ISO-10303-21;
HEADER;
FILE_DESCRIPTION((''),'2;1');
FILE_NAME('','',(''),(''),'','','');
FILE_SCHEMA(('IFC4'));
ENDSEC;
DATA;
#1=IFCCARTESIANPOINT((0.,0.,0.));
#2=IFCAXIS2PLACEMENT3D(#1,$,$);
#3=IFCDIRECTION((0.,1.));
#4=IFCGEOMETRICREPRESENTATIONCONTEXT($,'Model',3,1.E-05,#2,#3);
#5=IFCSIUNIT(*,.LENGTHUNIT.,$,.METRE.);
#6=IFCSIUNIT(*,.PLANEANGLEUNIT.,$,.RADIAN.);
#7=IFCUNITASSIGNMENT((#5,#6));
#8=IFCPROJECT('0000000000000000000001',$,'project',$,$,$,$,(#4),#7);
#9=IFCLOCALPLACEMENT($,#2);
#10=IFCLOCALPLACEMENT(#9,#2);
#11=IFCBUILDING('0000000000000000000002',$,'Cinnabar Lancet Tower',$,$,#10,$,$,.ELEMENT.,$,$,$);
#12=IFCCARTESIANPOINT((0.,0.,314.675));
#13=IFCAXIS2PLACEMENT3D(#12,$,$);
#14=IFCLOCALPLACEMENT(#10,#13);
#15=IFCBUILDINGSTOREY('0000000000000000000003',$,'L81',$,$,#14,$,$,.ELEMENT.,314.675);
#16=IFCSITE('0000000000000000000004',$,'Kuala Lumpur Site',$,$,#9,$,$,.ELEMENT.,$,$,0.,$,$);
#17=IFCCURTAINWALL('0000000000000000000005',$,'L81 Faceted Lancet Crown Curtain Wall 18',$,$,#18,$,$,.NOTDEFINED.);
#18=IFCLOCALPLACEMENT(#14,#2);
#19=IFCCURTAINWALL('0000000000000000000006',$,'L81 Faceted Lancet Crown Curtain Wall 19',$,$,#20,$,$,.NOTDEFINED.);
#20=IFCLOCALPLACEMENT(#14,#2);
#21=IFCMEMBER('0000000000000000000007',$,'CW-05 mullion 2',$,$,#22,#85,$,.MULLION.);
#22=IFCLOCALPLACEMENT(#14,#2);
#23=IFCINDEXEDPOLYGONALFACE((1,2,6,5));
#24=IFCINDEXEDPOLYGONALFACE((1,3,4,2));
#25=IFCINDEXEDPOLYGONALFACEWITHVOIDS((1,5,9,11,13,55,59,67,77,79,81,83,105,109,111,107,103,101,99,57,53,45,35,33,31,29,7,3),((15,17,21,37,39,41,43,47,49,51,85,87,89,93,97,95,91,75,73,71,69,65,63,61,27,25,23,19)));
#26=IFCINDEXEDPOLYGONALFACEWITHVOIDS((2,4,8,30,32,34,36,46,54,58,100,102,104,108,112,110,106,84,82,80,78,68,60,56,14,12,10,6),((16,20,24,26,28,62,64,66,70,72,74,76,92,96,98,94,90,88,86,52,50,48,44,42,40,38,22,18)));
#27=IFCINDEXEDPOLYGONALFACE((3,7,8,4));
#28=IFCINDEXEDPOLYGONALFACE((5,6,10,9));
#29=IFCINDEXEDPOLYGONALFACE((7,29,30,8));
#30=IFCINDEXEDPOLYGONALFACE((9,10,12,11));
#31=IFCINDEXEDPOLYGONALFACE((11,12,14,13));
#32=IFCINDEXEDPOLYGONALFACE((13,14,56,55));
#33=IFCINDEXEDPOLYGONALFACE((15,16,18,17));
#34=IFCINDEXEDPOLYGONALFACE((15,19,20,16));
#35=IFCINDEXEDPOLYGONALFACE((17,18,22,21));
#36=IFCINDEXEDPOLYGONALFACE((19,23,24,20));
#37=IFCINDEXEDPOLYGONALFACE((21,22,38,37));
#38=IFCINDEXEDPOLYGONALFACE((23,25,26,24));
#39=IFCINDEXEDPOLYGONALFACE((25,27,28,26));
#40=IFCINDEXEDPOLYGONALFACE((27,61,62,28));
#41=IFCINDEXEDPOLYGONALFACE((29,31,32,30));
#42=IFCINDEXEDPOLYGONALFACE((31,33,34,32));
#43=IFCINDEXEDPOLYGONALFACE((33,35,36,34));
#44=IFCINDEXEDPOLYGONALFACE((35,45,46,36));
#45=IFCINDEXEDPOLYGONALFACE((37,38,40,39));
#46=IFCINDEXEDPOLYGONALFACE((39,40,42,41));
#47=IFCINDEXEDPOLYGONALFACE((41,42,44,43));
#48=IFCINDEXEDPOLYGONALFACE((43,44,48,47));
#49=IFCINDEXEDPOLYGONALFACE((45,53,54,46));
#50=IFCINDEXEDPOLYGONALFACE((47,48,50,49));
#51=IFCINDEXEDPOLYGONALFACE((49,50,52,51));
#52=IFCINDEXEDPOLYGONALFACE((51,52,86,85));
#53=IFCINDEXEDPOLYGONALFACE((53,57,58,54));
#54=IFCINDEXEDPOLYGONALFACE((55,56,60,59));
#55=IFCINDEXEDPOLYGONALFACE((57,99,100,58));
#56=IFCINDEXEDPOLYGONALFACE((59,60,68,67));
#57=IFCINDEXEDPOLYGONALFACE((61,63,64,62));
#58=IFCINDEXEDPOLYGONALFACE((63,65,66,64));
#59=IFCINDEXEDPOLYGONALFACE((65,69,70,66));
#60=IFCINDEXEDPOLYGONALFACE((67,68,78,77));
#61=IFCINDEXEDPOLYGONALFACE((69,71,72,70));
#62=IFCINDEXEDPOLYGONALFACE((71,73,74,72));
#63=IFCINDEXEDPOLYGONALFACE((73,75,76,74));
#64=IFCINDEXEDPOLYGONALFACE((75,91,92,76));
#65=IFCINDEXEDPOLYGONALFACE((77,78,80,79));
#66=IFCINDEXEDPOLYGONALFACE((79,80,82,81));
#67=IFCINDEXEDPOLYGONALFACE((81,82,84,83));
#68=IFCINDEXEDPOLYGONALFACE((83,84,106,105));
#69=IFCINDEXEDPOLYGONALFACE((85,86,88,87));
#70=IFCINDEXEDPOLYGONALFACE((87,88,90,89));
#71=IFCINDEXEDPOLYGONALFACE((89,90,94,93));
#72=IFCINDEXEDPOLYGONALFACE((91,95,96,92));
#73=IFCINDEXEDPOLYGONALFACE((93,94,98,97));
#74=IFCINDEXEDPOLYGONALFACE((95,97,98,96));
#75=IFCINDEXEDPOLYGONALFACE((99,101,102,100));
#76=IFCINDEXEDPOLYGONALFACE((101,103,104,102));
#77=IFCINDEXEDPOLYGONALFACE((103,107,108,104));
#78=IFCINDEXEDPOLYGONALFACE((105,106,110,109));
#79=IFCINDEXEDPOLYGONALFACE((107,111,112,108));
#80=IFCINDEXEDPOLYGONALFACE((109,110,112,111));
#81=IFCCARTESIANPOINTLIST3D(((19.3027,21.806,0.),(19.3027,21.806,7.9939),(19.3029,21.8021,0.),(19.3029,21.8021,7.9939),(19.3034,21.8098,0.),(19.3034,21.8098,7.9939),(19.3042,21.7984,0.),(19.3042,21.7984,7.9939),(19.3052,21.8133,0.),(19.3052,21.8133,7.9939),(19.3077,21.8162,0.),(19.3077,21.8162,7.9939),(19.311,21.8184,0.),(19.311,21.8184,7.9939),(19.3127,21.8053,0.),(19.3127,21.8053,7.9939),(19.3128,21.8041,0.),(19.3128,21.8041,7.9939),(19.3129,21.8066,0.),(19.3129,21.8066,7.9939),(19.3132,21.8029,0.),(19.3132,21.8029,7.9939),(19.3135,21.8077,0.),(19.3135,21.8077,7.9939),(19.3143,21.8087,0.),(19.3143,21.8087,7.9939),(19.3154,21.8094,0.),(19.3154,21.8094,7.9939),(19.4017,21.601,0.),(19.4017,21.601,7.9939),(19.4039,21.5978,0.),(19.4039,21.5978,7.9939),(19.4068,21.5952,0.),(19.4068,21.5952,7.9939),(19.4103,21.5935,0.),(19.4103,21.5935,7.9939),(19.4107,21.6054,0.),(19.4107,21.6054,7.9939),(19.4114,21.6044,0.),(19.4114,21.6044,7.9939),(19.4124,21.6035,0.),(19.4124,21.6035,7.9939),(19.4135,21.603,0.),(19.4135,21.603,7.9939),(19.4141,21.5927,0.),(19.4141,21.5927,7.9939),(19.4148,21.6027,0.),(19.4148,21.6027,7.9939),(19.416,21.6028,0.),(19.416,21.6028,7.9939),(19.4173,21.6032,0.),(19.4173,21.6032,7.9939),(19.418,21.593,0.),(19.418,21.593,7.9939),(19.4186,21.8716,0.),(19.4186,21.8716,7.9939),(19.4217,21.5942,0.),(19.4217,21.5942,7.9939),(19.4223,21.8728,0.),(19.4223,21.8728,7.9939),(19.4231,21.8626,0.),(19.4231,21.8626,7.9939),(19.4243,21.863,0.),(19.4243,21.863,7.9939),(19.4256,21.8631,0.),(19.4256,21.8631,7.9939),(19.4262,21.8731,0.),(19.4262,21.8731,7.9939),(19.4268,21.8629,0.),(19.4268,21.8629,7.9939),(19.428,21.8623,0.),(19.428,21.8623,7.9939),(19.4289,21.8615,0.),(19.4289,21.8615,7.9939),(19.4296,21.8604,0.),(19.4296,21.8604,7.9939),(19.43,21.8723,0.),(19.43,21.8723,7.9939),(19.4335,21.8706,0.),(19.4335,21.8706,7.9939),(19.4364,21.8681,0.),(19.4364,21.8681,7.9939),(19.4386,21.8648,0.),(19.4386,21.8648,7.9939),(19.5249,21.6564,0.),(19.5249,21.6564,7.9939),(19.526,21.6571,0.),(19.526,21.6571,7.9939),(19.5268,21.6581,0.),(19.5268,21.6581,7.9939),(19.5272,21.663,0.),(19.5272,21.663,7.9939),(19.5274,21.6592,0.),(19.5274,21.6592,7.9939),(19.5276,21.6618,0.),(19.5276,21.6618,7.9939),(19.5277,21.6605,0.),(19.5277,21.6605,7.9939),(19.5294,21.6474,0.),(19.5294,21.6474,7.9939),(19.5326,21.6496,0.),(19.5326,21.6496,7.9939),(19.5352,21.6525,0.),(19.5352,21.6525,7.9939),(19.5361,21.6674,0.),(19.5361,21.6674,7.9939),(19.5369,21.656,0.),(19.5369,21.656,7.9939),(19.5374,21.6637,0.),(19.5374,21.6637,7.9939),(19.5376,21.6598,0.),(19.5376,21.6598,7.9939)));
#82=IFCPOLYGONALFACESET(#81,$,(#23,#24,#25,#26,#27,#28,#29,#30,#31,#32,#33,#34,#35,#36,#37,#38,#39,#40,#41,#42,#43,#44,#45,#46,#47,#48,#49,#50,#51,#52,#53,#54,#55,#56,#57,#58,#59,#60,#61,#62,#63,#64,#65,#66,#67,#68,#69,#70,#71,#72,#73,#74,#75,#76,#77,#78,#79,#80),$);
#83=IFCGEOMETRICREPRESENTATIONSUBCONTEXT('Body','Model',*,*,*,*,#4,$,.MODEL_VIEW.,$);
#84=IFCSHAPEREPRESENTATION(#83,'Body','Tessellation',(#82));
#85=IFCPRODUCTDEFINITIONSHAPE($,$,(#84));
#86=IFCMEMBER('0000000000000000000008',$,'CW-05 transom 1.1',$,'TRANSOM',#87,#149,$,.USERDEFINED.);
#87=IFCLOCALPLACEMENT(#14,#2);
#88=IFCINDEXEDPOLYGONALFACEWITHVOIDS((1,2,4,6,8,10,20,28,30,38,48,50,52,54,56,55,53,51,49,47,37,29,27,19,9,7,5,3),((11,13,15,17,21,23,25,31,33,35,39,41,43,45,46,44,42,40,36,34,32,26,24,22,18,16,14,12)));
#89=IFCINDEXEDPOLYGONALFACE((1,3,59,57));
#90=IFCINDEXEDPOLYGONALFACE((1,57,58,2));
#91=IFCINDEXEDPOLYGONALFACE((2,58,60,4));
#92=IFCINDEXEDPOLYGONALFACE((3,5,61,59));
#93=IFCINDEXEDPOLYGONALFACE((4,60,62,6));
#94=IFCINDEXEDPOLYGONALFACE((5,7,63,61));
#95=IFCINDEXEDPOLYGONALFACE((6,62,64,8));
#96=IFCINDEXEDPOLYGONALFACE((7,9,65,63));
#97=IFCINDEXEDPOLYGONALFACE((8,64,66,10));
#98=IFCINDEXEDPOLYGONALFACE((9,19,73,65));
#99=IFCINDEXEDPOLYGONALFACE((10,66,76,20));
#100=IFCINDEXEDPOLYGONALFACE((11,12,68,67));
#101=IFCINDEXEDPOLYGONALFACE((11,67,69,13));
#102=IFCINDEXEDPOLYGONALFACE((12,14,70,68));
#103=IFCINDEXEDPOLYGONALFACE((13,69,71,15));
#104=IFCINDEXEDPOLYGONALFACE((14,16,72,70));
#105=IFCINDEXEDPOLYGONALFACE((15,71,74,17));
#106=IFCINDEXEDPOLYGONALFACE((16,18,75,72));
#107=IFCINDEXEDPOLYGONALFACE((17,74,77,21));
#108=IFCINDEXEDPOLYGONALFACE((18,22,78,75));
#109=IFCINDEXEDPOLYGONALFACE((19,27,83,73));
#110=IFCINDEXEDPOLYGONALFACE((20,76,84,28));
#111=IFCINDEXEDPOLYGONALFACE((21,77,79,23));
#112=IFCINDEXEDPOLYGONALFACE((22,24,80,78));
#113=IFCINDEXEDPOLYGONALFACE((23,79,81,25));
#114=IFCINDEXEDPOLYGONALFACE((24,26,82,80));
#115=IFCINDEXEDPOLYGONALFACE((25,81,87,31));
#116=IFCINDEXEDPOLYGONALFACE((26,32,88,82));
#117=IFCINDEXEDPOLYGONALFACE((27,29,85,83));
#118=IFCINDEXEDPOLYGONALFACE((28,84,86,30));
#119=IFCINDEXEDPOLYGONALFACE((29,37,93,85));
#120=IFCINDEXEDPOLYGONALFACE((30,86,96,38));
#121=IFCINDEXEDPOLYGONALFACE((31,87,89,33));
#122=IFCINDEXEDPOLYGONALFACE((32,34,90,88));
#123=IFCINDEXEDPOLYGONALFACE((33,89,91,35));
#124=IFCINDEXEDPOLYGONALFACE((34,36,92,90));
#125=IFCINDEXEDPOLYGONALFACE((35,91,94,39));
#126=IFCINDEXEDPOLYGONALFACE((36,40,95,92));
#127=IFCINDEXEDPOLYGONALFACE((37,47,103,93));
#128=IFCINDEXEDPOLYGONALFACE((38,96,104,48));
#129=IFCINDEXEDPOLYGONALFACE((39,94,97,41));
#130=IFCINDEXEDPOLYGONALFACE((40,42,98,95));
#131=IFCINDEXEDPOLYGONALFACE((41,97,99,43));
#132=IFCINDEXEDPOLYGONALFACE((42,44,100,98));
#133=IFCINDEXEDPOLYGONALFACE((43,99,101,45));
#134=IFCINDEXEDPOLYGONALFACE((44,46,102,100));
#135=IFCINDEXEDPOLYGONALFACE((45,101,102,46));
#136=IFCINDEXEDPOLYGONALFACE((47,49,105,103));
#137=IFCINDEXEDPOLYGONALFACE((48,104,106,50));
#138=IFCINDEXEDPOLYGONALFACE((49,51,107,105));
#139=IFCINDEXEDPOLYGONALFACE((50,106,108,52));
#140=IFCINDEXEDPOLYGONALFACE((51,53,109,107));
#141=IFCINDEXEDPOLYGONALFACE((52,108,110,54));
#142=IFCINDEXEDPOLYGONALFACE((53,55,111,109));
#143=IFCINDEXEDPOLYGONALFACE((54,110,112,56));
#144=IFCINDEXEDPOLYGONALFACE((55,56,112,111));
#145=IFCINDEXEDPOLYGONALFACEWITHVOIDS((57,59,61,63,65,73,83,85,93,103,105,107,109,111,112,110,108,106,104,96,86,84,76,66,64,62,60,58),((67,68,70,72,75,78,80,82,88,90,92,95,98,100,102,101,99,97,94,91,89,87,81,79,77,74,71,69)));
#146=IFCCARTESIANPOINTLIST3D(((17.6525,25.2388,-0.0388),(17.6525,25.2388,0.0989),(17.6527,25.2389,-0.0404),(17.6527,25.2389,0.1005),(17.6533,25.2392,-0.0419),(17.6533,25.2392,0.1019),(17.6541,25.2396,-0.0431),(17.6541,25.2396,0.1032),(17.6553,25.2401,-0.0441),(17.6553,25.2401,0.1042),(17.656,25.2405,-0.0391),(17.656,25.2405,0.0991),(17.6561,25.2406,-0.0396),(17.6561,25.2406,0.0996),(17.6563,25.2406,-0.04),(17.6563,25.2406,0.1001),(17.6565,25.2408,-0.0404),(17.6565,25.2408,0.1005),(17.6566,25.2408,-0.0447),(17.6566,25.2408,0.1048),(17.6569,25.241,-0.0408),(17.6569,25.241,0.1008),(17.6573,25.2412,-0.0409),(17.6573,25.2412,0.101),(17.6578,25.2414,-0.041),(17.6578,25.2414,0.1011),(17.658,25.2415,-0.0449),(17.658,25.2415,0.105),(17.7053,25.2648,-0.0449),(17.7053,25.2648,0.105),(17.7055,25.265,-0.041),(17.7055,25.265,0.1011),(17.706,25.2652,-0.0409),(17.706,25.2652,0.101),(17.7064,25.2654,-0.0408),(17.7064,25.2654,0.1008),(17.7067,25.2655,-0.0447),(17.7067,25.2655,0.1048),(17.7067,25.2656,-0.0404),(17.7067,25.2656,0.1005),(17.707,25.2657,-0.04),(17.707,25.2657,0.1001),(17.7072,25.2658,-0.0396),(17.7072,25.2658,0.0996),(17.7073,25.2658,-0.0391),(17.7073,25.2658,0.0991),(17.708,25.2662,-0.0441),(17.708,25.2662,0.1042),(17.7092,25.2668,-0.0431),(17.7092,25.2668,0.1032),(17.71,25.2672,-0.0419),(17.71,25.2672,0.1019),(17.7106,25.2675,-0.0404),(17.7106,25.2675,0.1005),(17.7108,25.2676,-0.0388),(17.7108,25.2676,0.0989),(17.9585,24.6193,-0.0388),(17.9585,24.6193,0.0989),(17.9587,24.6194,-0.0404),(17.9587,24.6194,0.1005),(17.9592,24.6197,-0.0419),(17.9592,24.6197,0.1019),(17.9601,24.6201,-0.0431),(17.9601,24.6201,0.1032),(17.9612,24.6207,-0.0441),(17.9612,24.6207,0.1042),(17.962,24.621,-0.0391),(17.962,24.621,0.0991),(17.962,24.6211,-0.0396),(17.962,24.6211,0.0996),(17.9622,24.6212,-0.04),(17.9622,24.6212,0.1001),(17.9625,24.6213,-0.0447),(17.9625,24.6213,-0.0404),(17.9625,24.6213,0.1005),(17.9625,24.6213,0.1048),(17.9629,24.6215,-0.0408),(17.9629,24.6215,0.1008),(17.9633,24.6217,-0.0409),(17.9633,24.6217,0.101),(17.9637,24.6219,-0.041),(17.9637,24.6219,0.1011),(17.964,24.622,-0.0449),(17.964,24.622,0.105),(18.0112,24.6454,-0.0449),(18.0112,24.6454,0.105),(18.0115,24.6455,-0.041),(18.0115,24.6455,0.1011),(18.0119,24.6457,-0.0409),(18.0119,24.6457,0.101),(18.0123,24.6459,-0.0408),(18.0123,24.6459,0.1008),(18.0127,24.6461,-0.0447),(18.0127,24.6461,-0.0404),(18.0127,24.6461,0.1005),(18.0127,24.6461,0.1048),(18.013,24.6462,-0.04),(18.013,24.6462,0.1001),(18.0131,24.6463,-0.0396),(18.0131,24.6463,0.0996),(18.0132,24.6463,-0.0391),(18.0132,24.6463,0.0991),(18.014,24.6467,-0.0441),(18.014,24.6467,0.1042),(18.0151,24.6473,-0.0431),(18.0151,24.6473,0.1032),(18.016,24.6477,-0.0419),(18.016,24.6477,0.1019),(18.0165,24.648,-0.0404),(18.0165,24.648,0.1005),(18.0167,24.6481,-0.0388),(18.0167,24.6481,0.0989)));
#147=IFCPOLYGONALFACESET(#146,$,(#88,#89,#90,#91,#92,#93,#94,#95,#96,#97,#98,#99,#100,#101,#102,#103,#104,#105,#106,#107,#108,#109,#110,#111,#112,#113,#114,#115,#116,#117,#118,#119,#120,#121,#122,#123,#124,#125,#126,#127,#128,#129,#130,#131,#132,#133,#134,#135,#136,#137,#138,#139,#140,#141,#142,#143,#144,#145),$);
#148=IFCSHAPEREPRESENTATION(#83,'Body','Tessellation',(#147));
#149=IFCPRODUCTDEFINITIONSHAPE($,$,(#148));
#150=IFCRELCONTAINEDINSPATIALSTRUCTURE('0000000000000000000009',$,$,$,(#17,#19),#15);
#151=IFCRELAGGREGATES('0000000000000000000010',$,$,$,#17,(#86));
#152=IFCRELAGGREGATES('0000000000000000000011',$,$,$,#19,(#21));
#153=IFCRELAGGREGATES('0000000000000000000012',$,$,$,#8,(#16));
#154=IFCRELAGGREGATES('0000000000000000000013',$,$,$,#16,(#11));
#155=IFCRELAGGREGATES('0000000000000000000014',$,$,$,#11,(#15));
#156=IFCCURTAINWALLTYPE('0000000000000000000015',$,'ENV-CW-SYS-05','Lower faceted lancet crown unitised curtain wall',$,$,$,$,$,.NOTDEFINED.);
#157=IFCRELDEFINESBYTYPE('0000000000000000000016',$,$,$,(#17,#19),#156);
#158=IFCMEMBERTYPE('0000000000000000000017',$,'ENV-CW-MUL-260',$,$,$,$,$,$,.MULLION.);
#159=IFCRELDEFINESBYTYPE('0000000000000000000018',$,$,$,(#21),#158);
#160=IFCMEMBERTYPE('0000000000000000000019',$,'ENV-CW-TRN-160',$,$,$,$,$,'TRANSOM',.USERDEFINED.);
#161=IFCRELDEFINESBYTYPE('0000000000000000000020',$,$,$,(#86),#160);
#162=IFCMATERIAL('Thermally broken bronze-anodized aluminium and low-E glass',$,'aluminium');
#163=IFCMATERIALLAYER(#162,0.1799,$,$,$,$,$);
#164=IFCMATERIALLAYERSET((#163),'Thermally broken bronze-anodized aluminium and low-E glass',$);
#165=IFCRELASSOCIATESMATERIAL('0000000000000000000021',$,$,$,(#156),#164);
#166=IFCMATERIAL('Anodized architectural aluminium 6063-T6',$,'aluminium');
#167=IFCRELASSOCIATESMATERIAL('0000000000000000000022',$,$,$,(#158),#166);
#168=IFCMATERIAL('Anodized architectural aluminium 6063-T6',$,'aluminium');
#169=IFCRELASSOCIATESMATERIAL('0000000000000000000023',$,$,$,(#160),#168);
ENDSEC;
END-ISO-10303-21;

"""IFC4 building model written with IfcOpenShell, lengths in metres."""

from ifc_helpers import new_model, si_unit, direction, frame, origin, origin_2d, place, context, subcontext, project, spatial, hollow_rectangle, extrude, material, layer, layer_set, material_profile, profile_set, type_object, element, aggregate, save


model = new_model("IFC4")

# Units and contexts
model_context = context("Model", 3, precision=1e-05, world=origin(), true_north=direction((0.0, 1.0)))
body_context = subcontext(model_context, "Body", "Model", "MODEL_VIEW")
ifc_project = project(units=[si_unit("LENGTHUNIT", "METRE"), si_unit("PLANEANGLEUNIT", "RADIAN")], contexts=[model_context])

# Site, building, storey
site_placement = place(None, origin())
site = spatial("IfcSite", under=ifc_project, at=site_placement, Name="Kuala Lumpur Site", CompositionType="ELEMENT", RefElevation=0.0)
building_placement = place(site_placement, origin())
building = spatial("IfcBuilding", under=site, at=building_placement, Name="Cinnabar Lancet Tower", CompositionType="ELEMENT")
storey_placement = place(building_placement, frame((0.0, 0.0, 314.675)))
storey = spatial("IfcBuildingStorey", under=building, at=storey_placement, Name="L81", CompositionType="ELEMENT", Elevation=314.675)

# Shared definitions
ifc_material_1 = material(Name="Thermally broken bronze-anodized aluminium and low-E glass", Category="aluminium")
ifc_layer_1 = layer(ifc_material_1, 0.1799)
ifc_layer_set_1 = layer_set([ifc_layer_1], Name="Thermally broken bronze-anodized aluminium and low-E glass")
curtain_wall_type = type_object("IfcCurtainWallType", Name="ENV-CW-SYS-05", Description="Lower faceted lancet crown unitised curtain wall", PredefinedType="NOTDEFINED", material=ifc_layer_set_1)
ifc_material_2 = material(Name="Anodized architectural aluminium 6063-T6", Category="aluminium")
ifc_material_profile_1 = material_profile(ifc_material_2, hollow_rectangle(XDim=0.1499, YDim=0.25, WallThickness=0.01, InnerFilletRadius=0.0049, OuterFilletRadius=0.0149, at=origin_2d()), Name="RHS 250x150x10")
ifc_profile_set_1 = profile_set([ifc_material_profile_1], Name="Anodized architectural aluminium 6063-T6")
member_type_1 = type_object("IfcMemberType", Name="ENV-CW-MUL-260", PredefinedType="MULLION", material=ifc_profile_set_1)

# Curtain walls, member
curtain_wall_1_placement = place(storey_placement, origin())
curtain_wall_1 = element("IfcCurtainWall", 1, at=curtain_wall_1_placement, inside=storey, type_object=curtain_wall_type, Name="L81 Faceted Lancet Crown Curtain Wall 18", PredefinedType="NOTDEFINED")
curtain_wall_2_placement = place(storey_placement, origin())
curtain_wall_2 = element("IfcCurtainWall", 2, at=curtain_wall_2_placement, inside=storey, type_object=curtain_wall_type, Name="L81 Faceted Lancet Crown Curtain Wall 19", PredefinedType="NOTDEFINED")
member_1_placement = place(storey_placement, frame((19.4202, 21.7329, 0.0), z_axis=(0.0, 0.0, 1.0), x_axis=(0.896552, 0.442939, 0.0)))
member_1 = element("IfcMember", 3, at=member_1_placement, type_object=member_type_1, Name="CW-05 mullion 2", PredefinedType="MULLION", context=body_context, shape_type="SweptSolid", body=[
    extrude(hollow_rectangle(XDim=0.1499, YDim=0.25, WallThickness=0.01, InnerFilletRadius=0.0049, OuterFilletRadius=0.0149, at=origin_2d()), origin(), (0.0, 0.0, 1.0), 7.9939),
])

# Member
ifc_material_3 = material(Name="Anodized architectural aluminium 6063-T6", Category="aluminium")
ifc_material_profile_2 = material_profile(ifc_material_3, hollow_rectangle(XDim=0.0649, YDim=0.1499, WallThickness=0.0039, InnerFilletRadius=0.002, OuterFilletRadius=0.0061, at=origin_2d()), Name="CW-TRN 150x65x4")
ifc_profile_set_2 = profile_set([ifc_material_profile_2], Name="Anodized architectural aluminium 6063-T6")
member_type_2 = type_object("IfcMemberType", Name="ENV-CW-TRN-160", ElementType="TRANSOM", PredefinedType="USERDEFINED", material=ifc_profile_set_2)
member_2_placement = place(storey_placement, frame((17.6816, 25.2532, 0.03), z_axis=(0.442826, -0.896608, 0.0), x_axis=(0.896608, 0.442826, 0.0)))
member_2 = element("IfcMember", 4, at=member_2_placement, type_object=member_type_2, Name="CW-05 transom 1.1", ObjectType="TRANSOM", PredefinedType="USERDEFINED", context=body_context, shape_type="SweptSolid", body=[
    extrude(hollow_rectangle(XDim=0.0649, YDim=0.1499, WallThickness=0.0039, InnerFilletRadius=0.002, OuterFilletRadius=0.0061, at=origin_2d()), origin(), (0.0, 0.0, 1.0), 0.6909),
])

aggregate(curtain_wall_1, [member_2])
aggregate(curtain_wall_2, [member_1])

save(model, "model.ifc")
